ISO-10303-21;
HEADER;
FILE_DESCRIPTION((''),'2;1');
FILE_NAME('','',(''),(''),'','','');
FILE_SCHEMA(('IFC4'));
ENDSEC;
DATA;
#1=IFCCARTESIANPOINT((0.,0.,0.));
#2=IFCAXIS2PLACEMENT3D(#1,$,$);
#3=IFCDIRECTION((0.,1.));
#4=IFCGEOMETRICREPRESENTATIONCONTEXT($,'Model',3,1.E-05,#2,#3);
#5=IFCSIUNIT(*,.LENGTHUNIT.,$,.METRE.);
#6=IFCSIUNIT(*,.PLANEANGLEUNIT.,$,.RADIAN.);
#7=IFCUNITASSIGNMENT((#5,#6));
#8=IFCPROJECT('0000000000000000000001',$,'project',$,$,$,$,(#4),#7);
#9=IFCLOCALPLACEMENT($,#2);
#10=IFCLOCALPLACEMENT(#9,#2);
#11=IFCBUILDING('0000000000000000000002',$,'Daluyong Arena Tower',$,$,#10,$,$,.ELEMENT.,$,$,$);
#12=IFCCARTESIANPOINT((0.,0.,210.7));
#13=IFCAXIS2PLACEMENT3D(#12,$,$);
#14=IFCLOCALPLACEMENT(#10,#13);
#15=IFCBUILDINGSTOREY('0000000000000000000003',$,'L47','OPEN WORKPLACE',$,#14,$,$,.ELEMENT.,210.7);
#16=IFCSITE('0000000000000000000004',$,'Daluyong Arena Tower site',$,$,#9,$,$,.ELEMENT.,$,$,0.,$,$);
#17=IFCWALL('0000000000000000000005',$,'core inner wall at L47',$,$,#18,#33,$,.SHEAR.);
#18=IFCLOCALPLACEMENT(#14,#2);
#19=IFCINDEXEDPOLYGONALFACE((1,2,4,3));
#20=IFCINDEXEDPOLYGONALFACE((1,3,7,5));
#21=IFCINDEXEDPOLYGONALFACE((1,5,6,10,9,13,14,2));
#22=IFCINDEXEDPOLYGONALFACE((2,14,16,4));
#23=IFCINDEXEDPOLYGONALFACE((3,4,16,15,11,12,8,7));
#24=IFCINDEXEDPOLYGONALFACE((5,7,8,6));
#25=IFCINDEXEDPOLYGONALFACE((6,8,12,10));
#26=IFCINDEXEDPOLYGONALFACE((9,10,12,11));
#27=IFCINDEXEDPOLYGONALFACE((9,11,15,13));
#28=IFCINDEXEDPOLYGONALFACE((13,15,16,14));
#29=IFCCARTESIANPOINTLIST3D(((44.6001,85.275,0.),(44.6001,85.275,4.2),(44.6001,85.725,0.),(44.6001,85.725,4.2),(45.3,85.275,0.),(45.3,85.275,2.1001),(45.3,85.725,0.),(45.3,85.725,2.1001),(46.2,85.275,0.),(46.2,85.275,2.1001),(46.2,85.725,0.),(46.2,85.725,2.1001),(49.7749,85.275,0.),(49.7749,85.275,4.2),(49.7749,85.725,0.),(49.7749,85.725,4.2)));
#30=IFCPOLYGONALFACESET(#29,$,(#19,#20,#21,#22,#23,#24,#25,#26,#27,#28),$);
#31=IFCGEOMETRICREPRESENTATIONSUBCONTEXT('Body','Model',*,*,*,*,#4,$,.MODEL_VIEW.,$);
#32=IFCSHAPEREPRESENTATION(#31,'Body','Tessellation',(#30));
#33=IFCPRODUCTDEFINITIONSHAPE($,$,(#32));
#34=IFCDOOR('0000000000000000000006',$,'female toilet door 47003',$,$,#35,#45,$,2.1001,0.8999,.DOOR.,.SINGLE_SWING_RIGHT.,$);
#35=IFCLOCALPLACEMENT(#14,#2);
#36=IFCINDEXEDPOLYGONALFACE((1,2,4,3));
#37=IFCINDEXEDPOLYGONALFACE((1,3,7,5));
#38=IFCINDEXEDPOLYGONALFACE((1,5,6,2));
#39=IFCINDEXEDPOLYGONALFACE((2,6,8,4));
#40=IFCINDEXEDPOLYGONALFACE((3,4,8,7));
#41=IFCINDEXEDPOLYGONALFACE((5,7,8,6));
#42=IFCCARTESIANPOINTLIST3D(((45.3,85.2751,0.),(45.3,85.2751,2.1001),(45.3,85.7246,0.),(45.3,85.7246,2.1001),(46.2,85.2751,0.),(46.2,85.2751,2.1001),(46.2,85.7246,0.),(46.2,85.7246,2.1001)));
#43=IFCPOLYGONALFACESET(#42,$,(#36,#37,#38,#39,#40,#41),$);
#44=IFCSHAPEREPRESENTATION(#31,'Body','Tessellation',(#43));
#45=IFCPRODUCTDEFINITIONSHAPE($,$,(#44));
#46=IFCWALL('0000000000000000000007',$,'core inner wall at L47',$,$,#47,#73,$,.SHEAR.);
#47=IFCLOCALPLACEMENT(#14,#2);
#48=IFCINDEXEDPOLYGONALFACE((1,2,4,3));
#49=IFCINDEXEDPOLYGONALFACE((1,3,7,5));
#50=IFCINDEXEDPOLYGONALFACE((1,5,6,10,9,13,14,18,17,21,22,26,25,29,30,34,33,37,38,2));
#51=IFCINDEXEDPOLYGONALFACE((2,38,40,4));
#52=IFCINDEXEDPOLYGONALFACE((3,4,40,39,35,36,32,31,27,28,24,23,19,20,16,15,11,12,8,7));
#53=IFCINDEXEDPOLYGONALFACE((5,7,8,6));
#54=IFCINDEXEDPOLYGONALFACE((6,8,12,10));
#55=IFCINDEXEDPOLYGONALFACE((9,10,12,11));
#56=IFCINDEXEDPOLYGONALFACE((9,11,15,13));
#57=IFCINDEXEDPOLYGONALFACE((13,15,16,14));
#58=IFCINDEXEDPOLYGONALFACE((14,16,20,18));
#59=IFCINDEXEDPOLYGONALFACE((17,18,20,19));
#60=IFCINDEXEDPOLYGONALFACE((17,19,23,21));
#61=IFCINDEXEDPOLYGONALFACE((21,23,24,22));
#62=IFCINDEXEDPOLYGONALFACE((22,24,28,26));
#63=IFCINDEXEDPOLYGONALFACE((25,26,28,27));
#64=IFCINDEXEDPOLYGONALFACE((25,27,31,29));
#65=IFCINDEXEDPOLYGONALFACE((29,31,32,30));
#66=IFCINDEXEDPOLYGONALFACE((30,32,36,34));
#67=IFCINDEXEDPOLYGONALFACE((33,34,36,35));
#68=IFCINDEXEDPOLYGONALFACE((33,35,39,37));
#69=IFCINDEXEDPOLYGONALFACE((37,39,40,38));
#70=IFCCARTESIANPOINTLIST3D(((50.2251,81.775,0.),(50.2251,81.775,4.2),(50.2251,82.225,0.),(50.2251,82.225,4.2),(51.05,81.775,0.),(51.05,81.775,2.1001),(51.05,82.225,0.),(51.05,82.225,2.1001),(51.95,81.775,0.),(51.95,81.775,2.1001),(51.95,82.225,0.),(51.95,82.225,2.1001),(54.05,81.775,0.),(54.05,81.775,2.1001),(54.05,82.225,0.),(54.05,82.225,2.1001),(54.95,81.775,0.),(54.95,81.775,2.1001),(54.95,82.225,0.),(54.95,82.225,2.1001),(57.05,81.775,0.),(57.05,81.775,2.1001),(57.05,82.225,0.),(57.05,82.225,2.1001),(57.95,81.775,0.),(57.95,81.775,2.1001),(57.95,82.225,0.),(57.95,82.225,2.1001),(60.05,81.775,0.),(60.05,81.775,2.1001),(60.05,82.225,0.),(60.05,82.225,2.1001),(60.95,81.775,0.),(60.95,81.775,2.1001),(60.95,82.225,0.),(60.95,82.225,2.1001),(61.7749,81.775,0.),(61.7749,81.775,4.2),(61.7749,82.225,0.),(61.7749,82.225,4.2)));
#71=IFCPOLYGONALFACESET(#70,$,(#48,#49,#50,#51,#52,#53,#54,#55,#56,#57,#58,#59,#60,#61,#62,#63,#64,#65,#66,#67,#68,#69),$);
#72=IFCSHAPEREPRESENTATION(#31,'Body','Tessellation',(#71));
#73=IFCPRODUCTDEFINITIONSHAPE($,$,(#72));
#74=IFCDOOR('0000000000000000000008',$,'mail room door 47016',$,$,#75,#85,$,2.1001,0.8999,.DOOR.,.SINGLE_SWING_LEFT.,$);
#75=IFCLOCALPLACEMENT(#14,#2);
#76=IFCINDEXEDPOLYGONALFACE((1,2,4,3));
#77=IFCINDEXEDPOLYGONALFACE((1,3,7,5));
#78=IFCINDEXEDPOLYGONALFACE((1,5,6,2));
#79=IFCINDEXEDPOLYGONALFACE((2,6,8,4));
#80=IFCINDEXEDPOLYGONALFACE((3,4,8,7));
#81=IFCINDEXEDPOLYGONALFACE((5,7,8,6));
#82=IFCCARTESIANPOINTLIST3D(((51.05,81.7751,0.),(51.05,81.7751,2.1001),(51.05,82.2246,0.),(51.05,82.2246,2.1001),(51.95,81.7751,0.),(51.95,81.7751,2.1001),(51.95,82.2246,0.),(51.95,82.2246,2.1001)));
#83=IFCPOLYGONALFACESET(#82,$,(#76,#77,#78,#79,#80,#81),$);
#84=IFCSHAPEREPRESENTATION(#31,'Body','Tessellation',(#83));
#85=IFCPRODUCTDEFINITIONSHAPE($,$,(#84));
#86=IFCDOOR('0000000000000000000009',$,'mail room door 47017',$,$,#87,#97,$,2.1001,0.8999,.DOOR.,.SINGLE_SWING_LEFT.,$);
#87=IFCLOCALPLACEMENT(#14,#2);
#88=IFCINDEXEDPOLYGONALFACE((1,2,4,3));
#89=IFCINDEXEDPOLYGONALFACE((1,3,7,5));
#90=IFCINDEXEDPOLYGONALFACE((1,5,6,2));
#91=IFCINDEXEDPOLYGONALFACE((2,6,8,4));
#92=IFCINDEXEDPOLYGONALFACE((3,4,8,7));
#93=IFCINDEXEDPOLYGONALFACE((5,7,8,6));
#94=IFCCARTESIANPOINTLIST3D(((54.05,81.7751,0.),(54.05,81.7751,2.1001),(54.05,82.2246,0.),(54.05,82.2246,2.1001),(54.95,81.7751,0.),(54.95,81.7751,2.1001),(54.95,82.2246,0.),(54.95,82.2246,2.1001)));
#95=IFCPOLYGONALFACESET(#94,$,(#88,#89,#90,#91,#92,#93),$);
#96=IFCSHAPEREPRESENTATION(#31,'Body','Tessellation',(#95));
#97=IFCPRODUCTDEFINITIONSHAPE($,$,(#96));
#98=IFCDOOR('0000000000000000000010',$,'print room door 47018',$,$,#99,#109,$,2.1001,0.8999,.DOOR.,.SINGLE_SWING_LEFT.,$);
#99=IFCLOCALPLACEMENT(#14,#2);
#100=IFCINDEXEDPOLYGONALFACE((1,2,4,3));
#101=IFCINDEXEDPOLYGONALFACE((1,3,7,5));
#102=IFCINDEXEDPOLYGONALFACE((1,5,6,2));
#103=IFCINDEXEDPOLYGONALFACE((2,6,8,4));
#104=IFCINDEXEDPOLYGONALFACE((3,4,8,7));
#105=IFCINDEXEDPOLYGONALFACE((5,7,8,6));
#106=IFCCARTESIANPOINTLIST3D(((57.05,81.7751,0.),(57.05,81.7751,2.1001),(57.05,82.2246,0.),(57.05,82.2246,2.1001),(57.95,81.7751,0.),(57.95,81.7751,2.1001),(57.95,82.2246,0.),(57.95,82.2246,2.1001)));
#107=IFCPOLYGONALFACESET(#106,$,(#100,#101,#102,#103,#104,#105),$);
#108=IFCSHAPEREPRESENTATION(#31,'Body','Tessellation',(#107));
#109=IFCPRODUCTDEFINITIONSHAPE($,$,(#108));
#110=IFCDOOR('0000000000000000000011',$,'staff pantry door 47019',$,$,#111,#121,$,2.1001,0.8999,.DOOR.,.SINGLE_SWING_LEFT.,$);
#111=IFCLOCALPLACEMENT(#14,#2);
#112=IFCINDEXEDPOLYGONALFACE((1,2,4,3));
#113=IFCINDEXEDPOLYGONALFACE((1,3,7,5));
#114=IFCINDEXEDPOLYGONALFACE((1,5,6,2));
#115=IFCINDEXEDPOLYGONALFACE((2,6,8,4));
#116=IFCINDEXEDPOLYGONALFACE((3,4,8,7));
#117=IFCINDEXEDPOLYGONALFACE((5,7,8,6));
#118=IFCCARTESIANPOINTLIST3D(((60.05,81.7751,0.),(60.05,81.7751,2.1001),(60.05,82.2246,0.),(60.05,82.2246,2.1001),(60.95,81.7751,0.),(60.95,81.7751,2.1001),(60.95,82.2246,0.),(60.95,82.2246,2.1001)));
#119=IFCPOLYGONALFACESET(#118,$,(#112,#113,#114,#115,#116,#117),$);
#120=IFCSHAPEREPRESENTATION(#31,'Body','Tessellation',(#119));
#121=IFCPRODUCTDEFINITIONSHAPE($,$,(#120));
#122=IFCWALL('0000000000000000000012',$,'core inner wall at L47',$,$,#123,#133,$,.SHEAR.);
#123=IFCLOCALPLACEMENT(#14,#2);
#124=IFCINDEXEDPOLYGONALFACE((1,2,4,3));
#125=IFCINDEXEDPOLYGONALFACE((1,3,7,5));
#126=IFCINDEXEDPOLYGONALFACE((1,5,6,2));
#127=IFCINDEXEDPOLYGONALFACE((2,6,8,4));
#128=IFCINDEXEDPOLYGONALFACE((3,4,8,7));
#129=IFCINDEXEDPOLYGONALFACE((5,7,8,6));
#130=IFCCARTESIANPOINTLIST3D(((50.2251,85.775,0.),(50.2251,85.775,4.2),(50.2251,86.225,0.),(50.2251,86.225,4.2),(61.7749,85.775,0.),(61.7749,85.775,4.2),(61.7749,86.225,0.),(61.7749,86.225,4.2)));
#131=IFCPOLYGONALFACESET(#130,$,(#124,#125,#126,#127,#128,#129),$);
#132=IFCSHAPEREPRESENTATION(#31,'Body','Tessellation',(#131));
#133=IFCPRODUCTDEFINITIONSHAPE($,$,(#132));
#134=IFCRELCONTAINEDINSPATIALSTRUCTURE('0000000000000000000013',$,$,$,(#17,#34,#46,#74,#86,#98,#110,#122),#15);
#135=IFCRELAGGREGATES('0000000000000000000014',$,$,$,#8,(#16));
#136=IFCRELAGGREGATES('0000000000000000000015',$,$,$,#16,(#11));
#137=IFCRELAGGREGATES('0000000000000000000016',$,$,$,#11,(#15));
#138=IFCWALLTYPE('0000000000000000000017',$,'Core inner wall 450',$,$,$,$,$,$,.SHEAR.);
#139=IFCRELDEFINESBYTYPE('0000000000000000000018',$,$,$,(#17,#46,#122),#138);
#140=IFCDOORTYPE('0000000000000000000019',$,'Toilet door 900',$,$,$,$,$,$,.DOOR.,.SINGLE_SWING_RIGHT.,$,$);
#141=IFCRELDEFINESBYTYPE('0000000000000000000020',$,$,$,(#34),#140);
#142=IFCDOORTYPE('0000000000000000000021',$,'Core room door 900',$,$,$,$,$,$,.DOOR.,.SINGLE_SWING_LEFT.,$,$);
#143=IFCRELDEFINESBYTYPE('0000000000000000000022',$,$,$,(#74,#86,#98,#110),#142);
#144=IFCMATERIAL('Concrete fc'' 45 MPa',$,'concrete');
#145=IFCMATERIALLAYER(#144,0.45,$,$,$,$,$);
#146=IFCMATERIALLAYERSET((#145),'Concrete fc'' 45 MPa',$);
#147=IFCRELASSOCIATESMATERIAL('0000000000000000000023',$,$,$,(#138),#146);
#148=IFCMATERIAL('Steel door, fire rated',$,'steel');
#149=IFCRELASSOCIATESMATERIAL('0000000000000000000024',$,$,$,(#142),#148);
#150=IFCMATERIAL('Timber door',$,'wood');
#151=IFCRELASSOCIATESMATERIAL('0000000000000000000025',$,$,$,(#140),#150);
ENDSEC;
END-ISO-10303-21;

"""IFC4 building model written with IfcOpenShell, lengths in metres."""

from ifc_helpers import new_model, si_unit, direction, frame, frame_2d, origin, place, context, subcontext, project, spatial, rectangle, extrude, material, layer, layer_set, type_object, element, fill, save


model = new_model("IFC4")

# Units and contexts
model_context = context("Model", 3, precision=1e-05, world=origin(), true_north=direction((0.0, 1.0)))
body_context = subcontext(model_context, "Body", "Model", "MODEL_VIEW")
ifc_project = project(units=[si_unit("LENGTHUNIT", "METRE"), si_unit("PLANEANGLEUNIT", "RADIAN")], contexts=[model_context])

# Site, building, storey
site_placement = place(None, origin())
site = spatial("IfcSite", under=ifc_project, at=site_placement, Name="Daluyong Arena Tower site", CompositionType="ELEMENT", RefElevation=0.0)
building_placement = place(site_placement, origin())
building = spatial("IfcBuilding", under=site, at=building_placement, Name="Daluyong Arena Tower", CompositionType="ELEMENT")
storey_placement = place(building_placement, frame((0.0, 0.0, 210.7)))
storey = spatial("IfcBuildingStorey", under=building, at=storey_placement, Name="L47", Description="OPEN WORKPLACE", CompositionType="ELEMENT", Elevation=210.7)

# Wall, opening, door
ifc_material_1 = material(Name="Concrete fc' 45 MPa", Category="concrete")
ifc_layer_1 = layer(ifc_material_1, 0.45)
ifc_layer_set_1 = layer_set([ifc_layer_1], Name="Concrete fc' 45 MPa")
wall_type_1 = type_object("IfcWallType", Name="Core inner wall 450", PredefinedType="SHEAR", material=ifc_layer_set_1)
ifc_material_2 = material(Name="Steel door, fire rated", Category="steel")
door_type_1 = type_object("IfcDoorType", Name="Core room door 900", OperationType="SINGLE_SWING_LEFT", PredefinedType="DOOR", material=ifc_material_2)
wall_1_placement = place(storey_placement, frame((44.6001, 85.5, 0.0), z_axis=(0.0, 0.0, 1.0), x_axis=(1.0, 0.0, 0.0)))
wall_1 = element("IfcWall", 1, at=wall_1_placement, inside=storey, type_object=wall_type_1, Name="core inner wall at L47", PredefinedType="SHEAR", context=body_context, shape_type="SweptSolid", body=[
    extrude(rectangle(XDim=5.1748, YDim=0.45, at=frame_2d((2.5874, 0.0))), origin(), (0.0, 0.0, 1.0), 4.2),
])
opening_1_placement = place(wall_1_placement, frame((0.7, 0.0, 0.0)))
opening_1 = element("IfcOpeningElement", 2, at=opening_1_placement, cuts=wall_1, PredefinedType="OPENING", context=body_context, shape_type="SweptSolid", body=[
    extrude(rectangle(XDim=0.8999, YDim=2.1001, at=frame_2d((0.45, 1.05))), frame((0.0, 0.2349, 0.0), z_axis=(0.0, -1.0, 0.0), x_axis=(1.0, 0.0, 0.0)), (0.0, 0.0, 1.0), 0.47),
])
ifc_material_3 = material(Name="Timber door", Category="wood")
door_type_2 = type_object("IfcDoorType", Name="Toilet door 900", OperationType="SINGLE_SWING_RIGHT", PredefinedType="DOOR", material=ifc_material_3)
door_1_placement = place(opening_1_placement, origin())
door_1 = element("IfcDoor", 3, at=door_1_placement, inside=storey, type_object=door_type_2, Name="female toilet door 47003", OperationType="SINGLE_SWING_RIGHT", OverallHeight=2.1001, OverallWidth=0.8999, PredefinedType="DOOR", context=body_context, shape_type="SweptSolid", body=[
    extrude(rectangle(XDim=0.8999, YDim=2.1001, at=frame_2d((0.45, 1.05))), frame((0.0, 0.2246, 0.0), z_axis=(0.0, -1.0, 0.0), x_axis=(1.0, 0.0, 0.0)), (0.0, 0.0, 1.0), 0.4495),
])
fill(opening_1, door_1)

# Wall, openings, doors
wall_2_placement = place(storey_placement, frame((50.2251, 82.0, 0.0), z_axis=(0.0, 0.0, 1.0), x_axis=(1.0, 0.0, 0.0)))
wall_2 = element("IfcWall", 4, at=wall_2_placement, inside=storey, type_object=wall_type_1, Name="core inner wall at L47", PredefinedType="SHEAR", context=body_context, shape_type="SweptSolid", body=[
    extrude(rectangle(XDim=11.5498, YDim=0.45, at=frame_2d((5.7749, 0.0))), origin(), (0.0, 0.0, 1.0), 4.2),
])
opening_2_placement = place(wall_2_placement, frame((0.825, 0.0, 0.0)))
opening_2 = element("IfcOpeningElement", 5, at=opening_2_placement, cuts=wall_2, PredefinedType="OPENING", context=body_context, shape_type="SweptSolid", body=[
    extrude(rectangle(XDim=0.8999, YDim=2.1001, at=frame_2d((0.45, 1.05))), frame((0.0, 0.2349, 0.0), z_axis=(0.0, -1.0, 0.0), x_axis=(1.0, 0.0, 0.0)), (0.0, 0.0, 1.0), 0.47),
])
opening_3_placement = place(wall_2_placement, frame((3.825, 0.0, 0.0)))
opening_3 = element("IfcOpeningElement", 6, at=opening_3_placement, cuts=wall_2, PredefinedType="OPENING", context=body_context, shape_type="SweptSolid", body=[
    extrude(rectangle(XDim=0.8999, YDim=2.1001, at=frame_2d((0.45, 1.05))), frame((0.0, 0.2349, 0.0), z_axis=(0.0, -1.0, 0.0), x_axis=(1.0, 0.0, 0.0)), (0.0, 0.0, 1.0), 0.47),
])
opening_4_placement = place(wall_2_placement, frame((6.825, 0.0, 0.0)))
opening_4 = element("IfcOpeningElement", 7, at=opening_4_placement, cuts=wall_2, PredefinedType="OPENING", context=body_context, shape_type="SweptSolid", body=[
    extrude(rectangle(XDim=0.8999, YDim=2.1001, at=frame_2d((0.45, 1.05))), frame((0.0, 0.2349, 0.0), z_axis=(0.0, -1.0, 0.0), x_axis=(1.0, 0.0, 0.0)), (0.0, 0.0, 1.0), 0.47),
])
opening_5_placement = place(wall_2_placement, frame((9.825, 0.0, 0.0)))
opening_5 = element("IfcOpeningElement", 8, at=opening_5_placement, cuts=wall_2, PredefinedType="OPENING", context=body_context, shape_type="SweptSolid", body=[
    extrude(rectangle(XDim=0.8999, YDim=2.1001, at=frame_2d((0.45, 1.05))), frame((0.0, 0.2349, 0.0), z_axis=(0.0, -1.0, 0.0), x_axis=(1.0, 0.0, 0.0)), (0.0, 0.0, 1.0), 0.47),
])
door_2_placement = place(opening_2_placement, origin())
door_2 = element("IfcDoor", 9, at=door_2_placement, inside=storey, type_object=door_type_1, Name="mail room door 47016", OperationType="SINGLE_SWING_LEFT", OverallHeight=2.1001, OverallWidth=0.8999, PredefinedType="DOOR", context=body_context, shape_type="SweptSolid", body=[
    extrude(rectangle(XDim=0.8999, YDim=2.1001, at=frame_2d((0.45, 1.05))), frame((0.0, 0.2246, 0.0), z_axis=(0.0, -1.0, 0.0), x_axis=(1.0, 0.0, 0.0)), (0.0, 0.0, 1.0), 0.4495),
])
fill(opening_2, door_2)
door_3_placement = place(opening_3_placement, origin())
door_3 = element("IfcDoor", 10, at=door_3_placement, inside=storey, type_object=door_type_1, Name="mail room door 47017", OperationType="SINGLE_SWING_LEFT", OverallHeight=2.1001, OverallWidth=0.8999, PredefinedType="DOOR", context=body_context, shape_type="SweptSolid", body=[
    extrude(rectangle(XDim=0.8999, YDim=2.1001, at=frame_2d((0.45, 1.05))), frame((0.0, 0.2246, 0.0), z_axis=(0.0, -1.0, 0.0), x_axis=(1.0, 0.0, 0.0)), (0.0, 0.0, 1.0), 0.4495),
])
fill(opening_3, door_3)
door_4_placement = place(opening_4_placement, origin())
door_4 = element("IfcDoor", 11, at=door_4_placement, inside=storey, type_object=door_type_1, Name="print room door 47018", OperationType="SINGLE_SWING_LEFT", OverallHeight=2.1001, OverallWidth=0.8999, PredefinedType="DOOR", context=body_context, shape_type="SweptSolid", body=[
    extrude(rectangle(XDim=0.8999, YDim=2.1001, at=frame_2d((0.45, 1.05))), frame((0.0, 0.2246, 0.0), z_axis=(0.0, -1.0, 0.0), x_axis=(1.0, 0.0, 0.0)), (0.0, 0.0, 1.0), 0.4495),
])
fill(opening_4, door_4)
door_5_placement = place(opening_5_placement, origin())
door_5 = element("IfcDoor", 12, at=door_5_placement, inside=storey, type_object=door_type_1, Name="staff pantry door 47019", OperationType="SINGLE_SWING_LEFT", OverallHeight=2.1001, OverallWidth=0.8999, PredefinedType="DOOR", context=body_context, shape_type="SweptSolid", body=[
    extrude(rectangle(XDim=0.8999, YDim=2.1001, at=frame_2d((0.45, 1.05))), frame((0.0, 0.2246, 0.0), z_axis=(0.0, -1.0, 0.0), x_axis=(1.0, 0.0, 0.0)), (0.0, 0.0, 1.0), 0.4495),
])
fill(opening_5, door_5)

# Wall
wall_3_placement = place(storey_placement, frame((50.2251, 86.0, 0.0), z_axis=(0.0, 0.0, 1.0), x_axis=(1.0, 0.0, 0.0)))
element("IfcWall", 13, at=wall_3_placement, inside=storey, type_object=wall_type_1, Name="core inner wall at L47", PredefinedType="SHEAR", context=body_context, shape_type="SweptSolid", body=[
    extrude(rectangle(XDim=11.5498, YDim=0.45, at=frame_2d((5.7749, 0.0))), origin(), (0.0, 0.0, 1.0), 4.2),
])

save(model, "model.ifc")
